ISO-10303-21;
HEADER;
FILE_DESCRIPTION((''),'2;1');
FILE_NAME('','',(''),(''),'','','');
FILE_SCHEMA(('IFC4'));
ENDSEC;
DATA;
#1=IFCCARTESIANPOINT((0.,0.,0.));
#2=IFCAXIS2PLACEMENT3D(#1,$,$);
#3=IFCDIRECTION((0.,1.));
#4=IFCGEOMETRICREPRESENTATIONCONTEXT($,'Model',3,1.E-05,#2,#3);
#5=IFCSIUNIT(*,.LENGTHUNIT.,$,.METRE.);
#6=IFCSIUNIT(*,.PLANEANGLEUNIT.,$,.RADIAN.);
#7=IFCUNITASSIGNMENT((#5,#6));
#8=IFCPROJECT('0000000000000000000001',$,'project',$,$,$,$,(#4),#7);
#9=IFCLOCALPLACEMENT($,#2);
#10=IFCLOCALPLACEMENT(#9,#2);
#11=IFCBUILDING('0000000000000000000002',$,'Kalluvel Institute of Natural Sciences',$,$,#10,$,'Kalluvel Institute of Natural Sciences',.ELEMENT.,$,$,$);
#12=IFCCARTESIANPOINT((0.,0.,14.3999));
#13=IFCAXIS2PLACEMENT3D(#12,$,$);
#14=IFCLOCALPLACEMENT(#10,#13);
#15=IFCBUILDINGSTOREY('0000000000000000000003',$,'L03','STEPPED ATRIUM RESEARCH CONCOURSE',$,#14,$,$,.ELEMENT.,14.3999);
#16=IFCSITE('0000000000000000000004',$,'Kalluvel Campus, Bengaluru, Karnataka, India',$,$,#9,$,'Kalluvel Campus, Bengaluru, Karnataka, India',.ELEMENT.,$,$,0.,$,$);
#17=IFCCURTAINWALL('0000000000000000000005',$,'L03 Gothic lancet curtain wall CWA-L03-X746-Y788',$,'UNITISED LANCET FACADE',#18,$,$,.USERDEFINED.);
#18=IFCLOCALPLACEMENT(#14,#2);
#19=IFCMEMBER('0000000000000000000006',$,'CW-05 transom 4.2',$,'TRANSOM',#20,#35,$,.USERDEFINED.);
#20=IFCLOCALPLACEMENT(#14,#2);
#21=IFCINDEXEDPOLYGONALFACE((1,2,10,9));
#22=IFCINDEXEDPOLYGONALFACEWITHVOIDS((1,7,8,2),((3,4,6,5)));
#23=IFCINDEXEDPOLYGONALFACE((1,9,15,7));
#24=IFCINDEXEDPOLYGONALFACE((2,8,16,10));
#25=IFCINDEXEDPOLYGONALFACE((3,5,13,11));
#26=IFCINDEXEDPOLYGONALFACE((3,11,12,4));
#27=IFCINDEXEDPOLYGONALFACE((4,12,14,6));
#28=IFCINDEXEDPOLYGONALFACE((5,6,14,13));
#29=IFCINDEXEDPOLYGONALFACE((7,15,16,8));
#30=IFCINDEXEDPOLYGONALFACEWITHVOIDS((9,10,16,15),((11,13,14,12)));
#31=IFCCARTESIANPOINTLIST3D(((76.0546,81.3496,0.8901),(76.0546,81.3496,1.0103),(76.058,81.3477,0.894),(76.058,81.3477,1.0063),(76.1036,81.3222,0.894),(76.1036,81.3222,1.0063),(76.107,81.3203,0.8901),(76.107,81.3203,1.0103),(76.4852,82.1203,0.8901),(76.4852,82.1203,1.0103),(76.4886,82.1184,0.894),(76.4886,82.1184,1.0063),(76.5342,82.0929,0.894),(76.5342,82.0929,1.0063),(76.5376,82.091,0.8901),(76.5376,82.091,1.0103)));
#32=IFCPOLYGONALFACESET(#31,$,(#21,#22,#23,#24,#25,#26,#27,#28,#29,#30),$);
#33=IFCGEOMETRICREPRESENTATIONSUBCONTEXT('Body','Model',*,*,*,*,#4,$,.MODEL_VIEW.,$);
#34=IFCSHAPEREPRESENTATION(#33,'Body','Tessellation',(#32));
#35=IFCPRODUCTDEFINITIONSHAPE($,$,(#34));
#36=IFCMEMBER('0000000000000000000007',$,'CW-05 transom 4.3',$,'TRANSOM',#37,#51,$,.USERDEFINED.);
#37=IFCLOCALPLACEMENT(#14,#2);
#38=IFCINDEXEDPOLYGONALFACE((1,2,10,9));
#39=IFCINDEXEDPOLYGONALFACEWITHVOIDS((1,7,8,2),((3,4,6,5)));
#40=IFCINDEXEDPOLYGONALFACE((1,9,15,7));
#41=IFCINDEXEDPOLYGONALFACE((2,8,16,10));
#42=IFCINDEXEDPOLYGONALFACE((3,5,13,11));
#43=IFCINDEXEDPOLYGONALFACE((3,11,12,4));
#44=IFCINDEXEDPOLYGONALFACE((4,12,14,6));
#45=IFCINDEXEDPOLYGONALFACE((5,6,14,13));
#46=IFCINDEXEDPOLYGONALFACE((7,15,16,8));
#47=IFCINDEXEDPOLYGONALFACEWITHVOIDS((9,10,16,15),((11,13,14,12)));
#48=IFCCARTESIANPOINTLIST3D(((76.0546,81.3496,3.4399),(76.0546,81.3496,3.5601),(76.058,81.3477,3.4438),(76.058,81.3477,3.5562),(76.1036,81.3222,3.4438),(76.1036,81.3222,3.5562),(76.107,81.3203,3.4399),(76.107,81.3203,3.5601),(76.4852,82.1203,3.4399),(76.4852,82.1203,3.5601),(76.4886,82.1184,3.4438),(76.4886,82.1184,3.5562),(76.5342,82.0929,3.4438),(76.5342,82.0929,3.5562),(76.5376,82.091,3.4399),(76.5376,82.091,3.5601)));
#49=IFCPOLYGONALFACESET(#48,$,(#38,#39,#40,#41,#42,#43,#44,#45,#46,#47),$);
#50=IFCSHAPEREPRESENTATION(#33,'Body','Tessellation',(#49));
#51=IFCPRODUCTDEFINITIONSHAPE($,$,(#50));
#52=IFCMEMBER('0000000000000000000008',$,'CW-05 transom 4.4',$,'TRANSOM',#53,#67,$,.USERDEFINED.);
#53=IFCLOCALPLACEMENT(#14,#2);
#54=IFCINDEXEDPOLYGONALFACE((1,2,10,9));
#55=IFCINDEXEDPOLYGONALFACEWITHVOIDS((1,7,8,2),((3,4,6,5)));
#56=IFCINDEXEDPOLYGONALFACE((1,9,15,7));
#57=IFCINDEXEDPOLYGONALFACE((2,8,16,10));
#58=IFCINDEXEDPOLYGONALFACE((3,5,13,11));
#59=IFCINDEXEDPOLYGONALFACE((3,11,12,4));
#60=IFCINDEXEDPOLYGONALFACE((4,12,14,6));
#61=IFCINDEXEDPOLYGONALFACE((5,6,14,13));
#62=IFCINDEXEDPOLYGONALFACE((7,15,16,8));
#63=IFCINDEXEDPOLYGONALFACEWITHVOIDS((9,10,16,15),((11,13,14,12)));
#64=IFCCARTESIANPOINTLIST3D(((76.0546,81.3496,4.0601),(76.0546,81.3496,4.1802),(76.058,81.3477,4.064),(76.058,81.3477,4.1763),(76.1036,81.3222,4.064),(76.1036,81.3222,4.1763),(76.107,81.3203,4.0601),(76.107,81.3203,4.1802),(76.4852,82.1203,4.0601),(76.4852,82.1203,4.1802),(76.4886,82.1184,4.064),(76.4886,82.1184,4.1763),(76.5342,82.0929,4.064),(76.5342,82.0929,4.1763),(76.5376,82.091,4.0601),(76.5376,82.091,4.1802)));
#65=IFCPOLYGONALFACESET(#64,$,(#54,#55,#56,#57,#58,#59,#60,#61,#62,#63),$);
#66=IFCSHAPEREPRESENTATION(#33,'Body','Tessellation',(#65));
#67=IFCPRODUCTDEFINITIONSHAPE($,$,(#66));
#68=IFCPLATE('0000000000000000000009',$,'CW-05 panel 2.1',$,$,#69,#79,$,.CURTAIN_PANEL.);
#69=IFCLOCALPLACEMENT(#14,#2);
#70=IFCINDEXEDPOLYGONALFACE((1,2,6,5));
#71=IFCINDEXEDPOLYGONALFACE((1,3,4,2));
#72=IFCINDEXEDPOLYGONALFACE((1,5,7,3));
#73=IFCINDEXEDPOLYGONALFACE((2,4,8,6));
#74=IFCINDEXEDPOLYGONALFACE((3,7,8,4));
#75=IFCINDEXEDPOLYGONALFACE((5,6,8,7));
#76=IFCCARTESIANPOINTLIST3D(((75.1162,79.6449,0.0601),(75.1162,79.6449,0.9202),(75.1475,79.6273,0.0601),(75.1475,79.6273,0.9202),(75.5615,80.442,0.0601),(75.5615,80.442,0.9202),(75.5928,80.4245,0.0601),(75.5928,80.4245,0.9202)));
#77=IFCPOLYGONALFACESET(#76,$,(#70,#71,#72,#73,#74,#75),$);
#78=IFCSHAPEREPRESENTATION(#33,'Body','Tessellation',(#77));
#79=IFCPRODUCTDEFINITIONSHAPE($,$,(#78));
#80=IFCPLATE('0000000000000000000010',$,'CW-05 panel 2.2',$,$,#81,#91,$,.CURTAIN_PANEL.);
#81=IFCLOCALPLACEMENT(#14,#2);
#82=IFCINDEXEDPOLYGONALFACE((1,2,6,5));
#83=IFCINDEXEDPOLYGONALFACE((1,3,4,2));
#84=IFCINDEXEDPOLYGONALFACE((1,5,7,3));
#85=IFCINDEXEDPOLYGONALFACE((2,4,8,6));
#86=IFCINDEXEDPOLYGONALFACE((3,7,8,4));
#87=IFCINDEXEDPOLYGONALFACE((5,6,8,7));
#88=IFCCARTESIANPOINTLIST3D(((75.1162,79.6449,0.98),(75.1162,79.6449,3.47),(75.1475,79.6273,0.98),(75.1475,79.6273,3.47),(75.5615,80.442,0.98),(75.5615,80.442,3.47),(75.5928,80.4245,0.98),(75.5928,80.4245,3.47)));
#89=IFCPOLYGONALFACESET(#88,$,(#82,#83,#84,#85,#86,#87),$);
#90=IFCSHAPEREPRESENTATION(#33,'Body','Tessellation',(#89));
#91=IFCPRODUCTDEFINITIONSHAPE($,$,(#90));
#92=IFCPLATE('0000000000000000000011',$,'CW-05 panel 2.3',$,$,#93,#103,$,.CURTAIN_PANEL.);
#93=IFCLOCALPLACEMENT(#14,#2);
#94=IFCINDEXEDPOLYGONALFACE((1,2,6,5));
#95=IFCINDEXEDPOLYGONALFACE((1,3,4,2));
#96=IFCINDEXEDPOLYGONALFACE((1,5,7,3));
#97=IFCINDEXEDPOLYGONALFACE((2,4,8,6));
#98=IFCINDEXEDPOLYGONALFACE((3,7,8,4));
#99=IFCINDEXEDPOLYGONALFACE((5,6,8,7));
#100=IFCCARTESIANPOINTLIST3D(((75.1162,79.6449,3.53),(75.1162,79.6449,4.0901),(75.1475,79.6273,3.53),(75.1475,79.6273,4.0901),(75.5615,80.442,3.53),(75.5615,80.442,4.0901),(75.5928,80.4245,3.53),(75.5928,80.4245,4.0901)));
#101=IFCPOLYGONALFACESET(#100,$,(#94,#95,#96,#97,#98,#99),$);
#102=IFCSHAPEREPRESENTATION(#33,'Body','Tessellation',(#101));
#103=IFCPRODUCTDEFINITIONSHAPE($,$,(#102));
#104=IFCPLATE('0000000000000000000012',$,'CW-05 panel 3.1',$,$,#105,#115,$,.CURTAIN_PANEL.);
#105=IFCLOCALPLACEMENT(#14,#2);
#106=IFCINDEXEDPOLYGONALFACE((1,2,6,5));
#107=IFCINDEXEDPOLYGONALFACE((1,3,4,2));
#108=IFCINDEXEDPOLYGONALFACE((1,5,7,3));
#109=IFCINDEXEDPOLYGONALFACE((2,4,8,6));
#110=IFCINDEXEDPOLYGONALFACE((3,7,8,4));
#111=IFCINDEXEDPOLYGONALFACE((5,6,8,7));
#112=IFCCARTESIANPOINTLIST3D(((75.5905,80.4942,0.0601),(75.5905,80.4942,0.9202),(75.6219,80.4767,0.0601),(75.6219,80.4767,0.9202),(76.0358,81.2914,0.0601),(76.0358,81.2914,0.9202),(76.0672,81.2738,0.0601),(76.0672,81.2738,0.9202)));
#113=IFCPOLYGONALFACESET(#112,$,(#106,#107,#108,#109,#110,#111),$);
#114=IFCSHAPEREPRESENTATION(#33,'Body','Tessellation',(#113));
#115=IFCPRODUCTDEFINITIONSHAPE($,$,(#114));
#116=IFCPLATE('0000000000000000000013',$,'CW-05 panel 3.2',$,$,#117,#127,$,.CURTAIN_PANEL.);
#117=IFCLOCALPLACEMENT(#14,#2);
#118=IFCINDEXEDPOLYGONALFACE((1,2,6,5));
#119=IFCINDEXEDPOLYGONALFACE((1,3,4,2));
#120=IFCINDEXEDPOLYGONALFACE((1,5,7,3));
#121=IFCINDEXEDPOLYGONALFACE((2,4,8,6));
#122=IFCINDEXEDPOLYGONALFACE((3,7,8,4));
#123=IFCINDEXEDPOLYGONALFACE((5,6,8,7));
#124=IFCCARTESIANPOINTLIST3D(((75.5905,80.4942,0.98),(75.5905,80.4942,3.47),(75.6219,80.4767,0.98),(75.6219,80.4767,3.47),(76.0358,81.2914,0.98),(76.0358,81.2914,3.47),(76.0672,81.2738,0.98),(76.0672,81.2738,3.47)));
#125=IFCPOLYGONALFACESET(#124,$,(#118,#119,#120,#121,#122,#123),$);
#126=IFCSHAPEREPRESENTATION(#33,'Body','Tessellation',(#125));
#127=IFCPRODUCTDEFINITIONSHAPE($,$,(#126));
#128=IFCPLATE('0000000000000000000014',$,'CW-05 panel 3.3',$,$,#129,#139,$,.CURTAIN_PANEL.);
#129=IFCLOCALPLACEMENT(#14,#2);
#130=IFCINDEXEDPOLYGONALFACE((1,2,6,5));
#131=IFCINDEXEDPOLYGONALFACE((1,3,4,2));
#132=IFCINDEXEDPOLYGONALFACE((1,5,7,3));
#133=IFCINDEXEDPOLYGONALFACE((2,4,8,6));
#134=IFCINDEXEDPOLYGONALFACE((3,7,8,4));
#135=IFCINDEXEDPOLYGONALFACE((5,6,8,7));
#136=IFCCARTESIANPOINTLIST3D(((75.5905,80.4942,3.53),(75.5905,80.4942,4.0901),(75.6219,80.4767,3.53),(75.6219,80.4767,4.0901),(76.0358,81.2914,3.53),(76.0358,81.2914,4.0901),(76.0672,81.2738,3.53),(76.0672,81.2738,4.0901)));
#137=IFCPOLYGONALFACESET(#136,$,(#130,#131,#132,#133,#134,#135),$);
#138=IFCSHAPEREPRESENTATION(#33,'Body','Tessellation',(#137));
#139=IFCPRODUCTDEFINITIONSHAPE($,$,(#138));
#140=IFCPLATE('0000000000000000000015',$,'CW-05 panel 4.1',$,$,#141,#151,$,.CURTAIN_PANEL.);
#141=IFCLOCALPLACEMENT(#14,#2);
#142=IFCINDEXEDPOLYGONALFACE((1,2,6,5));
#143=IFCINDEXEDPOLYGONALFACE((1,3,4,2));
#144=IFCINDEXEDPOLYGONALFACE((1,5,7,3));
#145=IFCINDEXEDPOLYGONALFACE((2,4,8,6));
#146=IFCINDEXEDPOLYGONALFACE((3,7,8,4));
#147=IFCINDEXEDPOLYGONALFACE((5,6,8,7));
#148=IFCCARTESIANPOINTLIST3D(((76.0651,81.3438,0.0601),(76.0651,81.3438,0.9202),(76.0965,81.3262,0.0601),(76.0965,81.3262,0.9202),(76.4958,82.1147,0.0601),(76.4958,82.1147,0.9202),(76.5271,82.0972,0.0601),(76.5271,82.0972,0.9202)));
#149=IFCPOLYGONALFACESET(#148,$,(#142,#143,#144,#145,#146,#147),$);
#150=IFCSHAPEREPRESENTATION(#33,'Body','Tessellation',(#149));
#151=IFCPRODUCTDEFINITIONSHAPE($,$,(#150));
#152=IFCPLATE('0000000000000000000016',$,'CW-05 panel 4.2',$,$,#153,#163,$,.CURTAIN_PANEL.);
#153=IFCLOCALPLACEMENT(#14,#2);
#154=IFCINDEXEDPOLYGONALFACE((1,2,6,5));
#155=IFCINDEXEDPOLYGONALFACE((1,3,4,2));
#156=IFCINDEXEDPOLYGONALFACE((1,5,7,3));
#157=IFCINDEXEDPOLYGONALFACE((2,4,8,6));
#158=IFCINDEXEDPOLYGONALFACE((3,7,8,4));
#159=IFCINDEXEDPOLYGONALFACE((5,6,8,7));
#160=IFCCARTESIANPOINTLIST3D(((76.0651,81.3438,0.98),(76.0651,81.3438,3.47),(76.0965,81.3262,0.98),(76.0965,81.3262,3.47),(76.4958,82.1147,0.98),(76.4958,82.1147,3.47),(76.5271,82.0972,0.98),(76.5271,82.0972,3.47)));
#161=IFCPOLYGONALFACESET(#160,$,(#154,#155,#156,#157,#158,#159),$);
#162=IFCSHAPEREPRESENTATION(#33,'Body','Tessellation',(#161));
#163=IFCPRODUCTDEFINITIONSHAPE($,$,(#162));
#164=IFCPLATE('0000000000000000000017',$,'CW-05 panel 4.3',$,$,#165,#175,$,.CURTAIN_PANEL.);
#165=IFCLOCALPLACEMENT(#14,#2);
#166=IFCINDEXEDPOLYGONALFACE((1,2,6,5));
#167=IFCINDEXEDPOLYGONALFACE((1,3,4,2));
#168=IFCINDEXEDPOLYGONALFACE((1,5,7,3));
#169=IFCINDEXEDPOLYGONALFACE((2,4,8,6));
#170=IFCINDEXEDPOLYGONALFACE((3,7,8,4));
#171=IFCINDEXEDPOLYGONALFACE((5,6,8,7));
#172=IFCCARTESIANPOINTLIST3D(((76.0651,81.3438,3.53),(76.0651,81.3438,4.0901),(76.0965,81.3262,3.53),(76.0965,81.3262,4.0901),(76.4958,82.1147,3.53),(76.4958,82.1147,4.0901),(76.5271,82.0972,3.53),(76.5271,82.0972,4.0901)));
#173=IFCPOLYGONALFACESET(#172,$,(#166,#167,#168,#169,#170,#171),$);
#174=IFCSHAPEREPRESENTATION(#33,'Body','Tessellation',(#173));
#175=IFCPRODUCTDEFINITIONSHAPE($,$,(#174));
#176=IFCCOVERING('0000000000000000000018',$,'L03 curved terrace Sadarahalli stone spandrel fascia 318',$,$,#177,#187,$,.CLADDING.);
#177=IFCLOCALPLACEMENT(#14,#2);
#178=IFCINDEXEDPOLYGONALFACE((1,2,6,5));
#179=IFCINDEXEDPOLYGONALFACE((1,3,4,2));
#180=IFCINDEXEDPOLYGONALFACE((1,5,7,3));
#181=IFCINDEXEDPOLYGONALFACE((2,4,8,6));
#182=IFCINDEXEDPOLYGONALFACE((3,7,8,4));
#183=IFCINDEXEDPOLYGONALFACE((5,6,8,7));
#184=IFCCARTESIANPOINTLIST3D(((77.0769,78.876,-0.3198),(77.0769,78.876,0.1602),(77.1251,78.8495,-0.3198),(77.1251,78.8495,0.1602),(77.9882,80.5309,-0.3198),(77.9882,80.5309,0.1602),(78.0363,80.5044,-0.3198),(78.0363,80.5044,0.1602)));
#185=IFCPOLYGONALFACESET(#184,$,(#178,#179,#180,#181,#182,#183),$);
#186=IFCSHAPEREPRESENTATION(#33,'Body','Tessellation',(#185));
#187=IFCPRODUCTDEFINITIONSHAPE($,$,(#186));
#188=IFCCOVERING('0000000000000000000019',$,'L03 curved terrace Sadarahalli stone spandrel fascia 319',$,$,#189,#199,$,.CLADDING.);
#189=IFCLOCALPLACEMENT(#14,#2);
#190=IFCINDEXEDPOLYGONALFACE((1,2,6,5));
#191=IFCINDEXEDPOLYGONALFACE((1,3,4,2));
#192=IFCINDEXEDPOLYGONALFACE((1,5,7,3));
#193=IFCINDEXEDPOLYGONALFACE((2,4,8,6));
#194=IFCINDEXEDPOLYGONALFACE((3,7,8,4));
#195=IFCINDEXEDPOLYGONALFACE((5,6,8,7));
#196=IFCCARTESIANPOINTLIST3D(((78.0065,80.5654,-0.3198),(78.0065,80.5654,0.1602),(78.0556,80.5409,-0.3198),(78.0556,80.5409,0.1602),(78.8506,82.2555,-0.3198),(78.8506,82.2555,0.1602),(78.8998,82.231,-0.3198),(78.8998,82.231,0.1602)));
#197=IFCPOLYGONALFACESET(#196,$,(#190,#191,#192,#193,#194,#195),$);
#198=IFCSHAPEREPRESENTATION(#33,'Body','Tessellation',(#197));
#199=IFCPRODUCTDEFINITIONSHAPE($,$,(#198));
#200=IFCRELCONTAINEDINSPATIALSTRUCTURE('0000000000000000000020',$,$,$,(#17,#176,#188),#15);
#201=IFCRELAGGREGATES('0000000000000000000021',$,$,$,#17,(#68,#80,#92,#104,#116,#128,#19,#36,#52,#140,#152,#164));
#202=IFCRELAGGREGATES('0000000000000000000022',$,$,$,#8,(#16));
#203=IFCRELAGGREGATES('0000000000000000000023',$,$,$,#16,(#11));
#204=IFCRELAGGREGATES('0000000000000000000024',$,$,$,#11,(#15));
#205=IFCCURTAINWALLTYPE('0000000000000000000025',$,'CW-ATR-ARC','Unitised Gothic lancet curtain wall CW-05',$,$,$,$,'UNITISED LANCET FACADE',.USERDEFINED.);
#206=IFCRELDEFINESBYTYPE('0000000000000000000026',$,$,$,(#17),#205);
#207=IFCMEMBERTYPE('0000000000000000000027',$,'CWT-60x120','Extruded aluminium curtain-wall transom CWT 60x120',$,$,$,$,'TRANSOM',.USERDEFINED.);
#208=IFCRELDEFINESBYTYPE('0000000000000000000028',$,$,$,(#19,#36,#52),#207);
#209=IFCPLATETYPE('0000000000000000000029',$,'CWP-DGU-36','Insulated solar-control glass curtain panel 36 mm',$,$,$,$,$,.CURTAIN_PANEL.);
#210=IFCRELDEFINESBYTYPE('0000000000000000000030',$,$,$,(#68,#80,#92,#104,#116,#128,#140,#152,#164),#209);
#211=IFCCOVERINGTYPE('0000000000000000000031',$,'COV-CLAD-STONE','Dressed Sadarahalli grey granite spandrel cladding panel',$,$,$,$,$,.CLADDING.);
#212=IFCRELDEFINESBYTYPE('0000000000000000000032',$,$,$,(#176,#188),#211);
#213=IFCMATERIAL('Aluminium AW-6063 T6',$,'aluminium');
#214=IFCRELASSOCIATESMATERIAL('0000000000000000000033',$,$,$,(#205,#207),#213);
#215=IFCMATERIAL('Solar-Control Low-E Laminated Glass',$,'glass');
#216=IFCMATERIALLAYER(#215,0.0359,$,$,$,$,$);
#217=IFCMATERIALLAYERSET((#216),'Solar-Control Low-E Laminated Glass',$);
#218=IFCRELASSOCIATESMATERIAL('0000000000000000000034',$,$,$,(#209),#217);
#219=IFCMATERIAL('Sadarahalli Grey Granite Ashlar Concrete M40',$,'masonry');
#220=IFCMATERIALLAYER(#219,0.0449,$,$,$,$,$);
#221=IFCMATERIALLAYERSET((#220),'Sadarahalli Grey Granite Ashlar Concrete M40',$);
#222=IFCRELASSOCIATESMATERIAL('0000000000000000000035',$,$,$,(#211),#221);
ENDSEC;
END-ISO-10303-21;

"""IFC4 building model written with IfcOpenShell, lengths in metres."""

from ifc_helpers import new_model, si_unit, direction, frame, origin, origin_2d, place, context, subcontext, project, spatial, rectangle, hollow_rectangle, extrude, material, layer, layer_set, material_profile, profile_set, type_object, element, aggregate, save


model = new_model("IFC4")

# Units and contexts
model_context = context("Model", 3, precision=1e-05, world=origin(), true_north=direction((0.0, 1.0)))
body_context = subcontext(model_context, "Body", "Model", "MODEL_VIEW")
ifc_project = project(units=[si_unit("LENGTHUNIT", "METRE"), si_unit("PLANEANGLEUNIT", "RADIAN")], contexts=[model_context])

# Site, building, storey
site_placement = place(None, origin())
site = spatial("IfcSite", under=ifc_project, at=site_placement, Name="Kalluvel Campus, Bengaluru, Karnataka, India", LongName="Kalluvel Campus, Bengaluru, Karnataka, India", CompositionType="ELEMENT", RefElevation=0.0)
building_placement = place(site_placement, origin())
building = spatial("IfcBuilding", under=site, at=building_placement, Name="Kalluvel Institute of Natural Sciences", LongName="Kalluvel Institute of Natural Sciences", CompositionType="ELEMENT")
storey_placement = place(building_placement, frame((0.0, 0.0, 14.3999)))
storey = spatial("IfcBuildingStorey", under=building, at=storey_placement, Name="L03", Description="STEPPED ATRIUM RESEARCH CONCOURSE", CompositionType="ELEMENT", Elevation=14.3999)

# Curtain wall
ifc_material_1 = material(Name="Aluminium AW-6063 T6", Category="aluminium")
curtain_wall_type = type_object("IfcCurtainWallType", Name="CW-ATR-ARC", Description="Unitised Gothic lancet curtain wall CW-05", ElementType="UNITISED LANCET FACADE", PredefinedType="USERDEFINED", material=ifc_material_1)
curtain_wall_1_placement = place(storey_placement, origin())
curtain_wall_1 = element("IfcCurtainWall", 1, at=curtain_wall_1_placement, inside=storey, type_object=curtain_wall_type, Name="L03 Gothic lancet curtain wall CWA-L03-X746-Y788", ObjectType="UNITISED LANCET FACADE", PredefinedType="USERDEFINED")

# Members
ifc_material_profile_1 = material_profile(ifc_material_1, hollow_rectangle(XDim=0.0601, YDim=0.1201, WallThickness=0.0039, at=origin_2d()), Name="CWT 60x120")
ifc_profile_set_1 = profile_set([ifc_material_profile_1], Name="Aluminium AW-6063 T6")
member_type_1 = type_object("IfcMemberType", Name="CWT-60x120", Description="Extruded aluminium curtain-wall transom CWT 60x120", ElementType="TRANSOM", PredefinedType="USERDEFINED", material=ifc_profile_set_1)
member_1_placement = place(storey_placement, frame((76.0808, 81.335, 0.9502), z_axis=(0.487778, 0.872968, 0.0), x_axis=(-0.872968, 0.487778, 0.0)))
member_1 = element("IfcMember", 2, at=member_1_placement, type_object=member_type_1, Name="CW-05 transom 4.2", ObjectType="TRANSOM", PredefinedType="USERDEFINED", context=body_context, shape_type="SweptSolid", body=[
    extrude(hollow_rectangle(XDim=0.0601, YDim=0.1201, WallThickness=0.0039, at=origin_2d()), origin(), (0.0, 0.0, 1.0), 0.8828),
])
member_2_placement = place(storey_placement, frame((76.0808, 81.335, 3.5), z_axis=(0.487778, 0.872968, 0.0), x_axis=(-0.872968, 0.487778, 0.0)))
member_2 = element("IfcMember", 3, at=member_2_placement, type_object=member_type_1, Name="CW-05 transom 4.3", ObjectType="TRANSOM", PredefinedType="USERDEFINED", context=body_context, shape_type="SweptSolid", body=[
    extrude(hollow_rectangle(XDim=0.0601, YDim=0.1201, WallThickness=0.0039, at=origin_2d()), origin(), (0.0, 0.0, 1.0), 0.8828),
])
member_3_placement = place(storey_placement, frame((76.0808, 81.335, 4.1201), z_axis=(0.487778, 0.872968, 0.0), x_axis=(-0.872968, 0.487778, 0.0)))
member_3 = element("IfcMember", 4, at=member_3_placement, type_object=member_type_1, Name="CW-05 transom 4.4", ObjectType="TRANSOM", PredefinedType="USERDEFINED", context=body_context, shape_type="SweptSolid", body=[
    extrude(hollow_rectangle(XDim=0.0601, YDim=0.1201, WallThickness=0.0039, at=origin_2d()), origin(), (0.0, 0.0, 1.0), 0.8828),
])

# Plates
ifc_material_2 = material(Name="Solar-Control Low-E Laminated Glass", Category="glass")
ifc_layer_1 = layer(ifc_material_2, 0.0359)
ifc_layer_set_1 = layer_set([ifc_layer_1], Name="Solar-Control Low-E Laminated Glass")
plate_type = type_object("IfcPlateType", Name="CWP-DGU-36", Description="Insulated solar-control glass curtain panel 36 mm", PredefinedType="CURTAIN_PANEL", material=ifc_layer_set_1)
plate_1_placement = place(storey_placement, frame((75.3545, 80.0347, 0.0601), z_axis=(0.0, 0.0, 1.0), x_axis=(0.487701, 0.873011, 0.0)))
plate_1 = element("IfcPlate", 5, at=plate_1_placement, type_object=plate_type, Name="CW-05 panel 2.1", PredefinedType="CURTAIN_PANEL", context=body_context, shape_type="SweptSolid", body=[
    extrude(rectangle(XDim=0.9131, YDim=0.0359, at=origin_2d()), origin(), (0.0, 0.0, 1.0), 0.8601),
])
plate_2_placement = place(storey_placement, frame((75.3545, 80.0347, 0.98), z_axis=(0.0, 0.0, 1.0), x_axis=(0.487701, 0.873011, 0.0)))
plate_2 = element("IfcPlate", 6, at=plate_2_placement, type_object=plate_type, Name="CW-05 panel 2.2", PredefinedType="CURTAIN_PANEL", context=body_context, shape_type="SweptSolid", body=[
    extrude(rectangle(XDim=0.9131, YDim=0.0359, at=origin_2d()), origin(), (0.0, 0.0, 1.0), 2.49),
])
plate_3_placement = place(storey_placement, frame((75.3545, 80.0347, 3.53), z_axis=(0.0, 0.0, 1.0), x_axis=(0.487701, 0.873011, 0.0)))
plate_3 = element("IfcPlate", 7, at=plate_3_placement, type_object=plate_type, Name="CW-05 panel 2.3", PredefinedType="CURTAIN_PANEL", context=body_context, shape_type="SweptSolid", body=[
    extrude(rectangle(XDim=0.9131, YDim=0.0359, at=origin_2d()), origin(), (0.0, 0.0, 1.0), 0.5601),
])
plate_4_placement = place(storey_placement, frame((75.8289, 80.884, 0.0601), z_axis=(0.0, 0.0, 1.0), x_axis=(0.487701, 0.873011, 0.0)))
plate_4 = element("IfcPlate", 8, at=plate_4_placement, type_object=plate_type, Name="CW-05 panel 3.1", PredefinedType="CURTAIN_PANEL", context=body_context, shape_type="SweptSolid", body=[
    extrude(rectangle(XDim=0.9131, YDim=0.0359, at=origin_2d()), origin(), (0.0, 0.0, 1.0), 0.8601),
])
plate_5_placement = place(storey_placement, frame((75.8289, 80.884, 0.98), z_axis=(0.0, 0.0, 1.0), x_axis=(0.487701, 0.873011, 0.0)))
plate_5 = element("IfcPlate", 9, at=plate_5_placement, type_object=plate_type, Name="CW-05 panel 3.2", PredefinedType="CURTAIN_PANEL", context=body_context, shape_type="SweptSolid", body=[
    extrude(rectangle(XDim=0.9131, YDim=0.0359, at=origin_2d()), origin(), (0.0, 0.0, 1.0), 2.49),
])
plate_6_placement = place(storey_placement, frame((75.8289, 80.884, 3.53), z_axis=(0.0, 0.0, 1.0), x_axis=(0.487701, 0.873011, 0.0)))
plate_6 = element("IfcPlate", 10, at=plate_6_placement, type_object=plate_type, Name="CW-05 panel 3.3", PredefinedType="CURTAIN_PANEL", context=body_context, shape_type="SweptSolid", body=[
    extrude(rectangle(XDim=0.9131, YDim=0.0359, at=origin_2d()), origin(), (0.0, 0.0, 1.0), 0.5601),
])
plate_7_placement = place(storey_placement, frame((76.2961, 81.7205, 0.0601), z_axis=(0.0, 0.0, 1.0), x_axis=(0.487701, 0.873011, 0.0)))
plate_7 = element("IfcPlate", 11, at=plate_7_placement, type_object=plate_type, Name="CW-05 panel 4.1", PredefinedType="CURTAIN_PANEL", context=body_context, shape_type="SweptSolid", body=[
    extrude(rectangle(XDim=0.8831, YDim=0.0359, at=origin_2d()), origin(), (0.0, 0.0, 1.0), 0.8601),
])
plate_8_placement = place(storey_placement, frame((76.2961, 81.7205, 0.98), z_axis=(0.0, 0.0, 1.0), x_axis=(0.487701, 0.873011, 0.0)))
plate_8 = element("IfcPlate", 12, at=plate_8_placement, type_object=plate_type, Name="CW-05 panel 4.2", PredefinedType="CURTAIN_PANEL", context=body_context, shape_type="SweptSolid", body=[
    extrude(rectangle(XDim=0.8831, YDim=0.0359, at=origin_2d()), origin(), (0.0, 0.0, 1.0), 2.49),
])
plate_9_placement = place(storey_placement, frame((76.2961, 81.7205, 3.53), z_axis=(0.0, 0.0, 1.0), x_axis=(0.487701, 0.873011, 0.0)))
plate_9 = element("IfcPlate", 13, at=plate_9_placement, type_object=plate_type, Name="CW-05 panel 4.3", PredefinedType="CURTAIN_PANEL", context=body_context, shape_type="SweptSolid", body=[
    extrude(rectangle(XDim=0.8831, YDim=0.0359, at=origin_2d()), origin(), (0.0, 0.0, 1.0), 0.5601),
])
aggregate(curtain_wall_1, [plate_1, plate_2, plate_3, plate_4, plate_5, plate_6, member_1, member_2, member_3, plate_7, plate_8, plate_9])

# Coverings
ifc_material_3 = material(Name="Sadarahalli Grey Granite Ashlar Concrete M40", Category="masonry")
ifc_layer_2 = layer(ifc_material_3, 0.0449)
ifc_layer_set_2 = layer_set([ifc_layer_2], Name="Sadarahalli Grey Granite Ashlar Concrete M40")
covering_type = type_object("IfcCoveringType", Name="COV-CLAD-STONE", Description="Dressed Sadarahalli grey granite spandrel cladding panel", PredefinedType="CLADDING", material=ifc_layer_set_2)
for number, where, z_axis, x_axis, name in (
    (14, (77.5566, 79.6902, -0.3198), (0.0, 0.0, 1.0), (0.482365, 0.87597, 0.0), "L03 curved terrace Sadarahalli stone spandrel fascia 318"),
    (15, (78.4531, 81.3982, -0.3198), (0.0, 0.0, 1.0), (0.446822, 0.894623, 0.0), "L03 curved terrace Sadarahalli stone spandrel fascia 319"),
):
    element("IfcCovering", number, at=place(storey_placement, frame(where, z_axis=z_axis, x_axis=x_axis)), inside=storey, type_object=covering_type, Name=name, PredefinedType="CLADDING", context=body_context, shape_type="SweptSolid", body=[
        extrude(rectangle(XDim=1.8892, YDim=0.0549, at=origin_2d()), origin(), (0.0, 0.0, 1.0), 0.48),
    ])

save(model, "model.ifc")
